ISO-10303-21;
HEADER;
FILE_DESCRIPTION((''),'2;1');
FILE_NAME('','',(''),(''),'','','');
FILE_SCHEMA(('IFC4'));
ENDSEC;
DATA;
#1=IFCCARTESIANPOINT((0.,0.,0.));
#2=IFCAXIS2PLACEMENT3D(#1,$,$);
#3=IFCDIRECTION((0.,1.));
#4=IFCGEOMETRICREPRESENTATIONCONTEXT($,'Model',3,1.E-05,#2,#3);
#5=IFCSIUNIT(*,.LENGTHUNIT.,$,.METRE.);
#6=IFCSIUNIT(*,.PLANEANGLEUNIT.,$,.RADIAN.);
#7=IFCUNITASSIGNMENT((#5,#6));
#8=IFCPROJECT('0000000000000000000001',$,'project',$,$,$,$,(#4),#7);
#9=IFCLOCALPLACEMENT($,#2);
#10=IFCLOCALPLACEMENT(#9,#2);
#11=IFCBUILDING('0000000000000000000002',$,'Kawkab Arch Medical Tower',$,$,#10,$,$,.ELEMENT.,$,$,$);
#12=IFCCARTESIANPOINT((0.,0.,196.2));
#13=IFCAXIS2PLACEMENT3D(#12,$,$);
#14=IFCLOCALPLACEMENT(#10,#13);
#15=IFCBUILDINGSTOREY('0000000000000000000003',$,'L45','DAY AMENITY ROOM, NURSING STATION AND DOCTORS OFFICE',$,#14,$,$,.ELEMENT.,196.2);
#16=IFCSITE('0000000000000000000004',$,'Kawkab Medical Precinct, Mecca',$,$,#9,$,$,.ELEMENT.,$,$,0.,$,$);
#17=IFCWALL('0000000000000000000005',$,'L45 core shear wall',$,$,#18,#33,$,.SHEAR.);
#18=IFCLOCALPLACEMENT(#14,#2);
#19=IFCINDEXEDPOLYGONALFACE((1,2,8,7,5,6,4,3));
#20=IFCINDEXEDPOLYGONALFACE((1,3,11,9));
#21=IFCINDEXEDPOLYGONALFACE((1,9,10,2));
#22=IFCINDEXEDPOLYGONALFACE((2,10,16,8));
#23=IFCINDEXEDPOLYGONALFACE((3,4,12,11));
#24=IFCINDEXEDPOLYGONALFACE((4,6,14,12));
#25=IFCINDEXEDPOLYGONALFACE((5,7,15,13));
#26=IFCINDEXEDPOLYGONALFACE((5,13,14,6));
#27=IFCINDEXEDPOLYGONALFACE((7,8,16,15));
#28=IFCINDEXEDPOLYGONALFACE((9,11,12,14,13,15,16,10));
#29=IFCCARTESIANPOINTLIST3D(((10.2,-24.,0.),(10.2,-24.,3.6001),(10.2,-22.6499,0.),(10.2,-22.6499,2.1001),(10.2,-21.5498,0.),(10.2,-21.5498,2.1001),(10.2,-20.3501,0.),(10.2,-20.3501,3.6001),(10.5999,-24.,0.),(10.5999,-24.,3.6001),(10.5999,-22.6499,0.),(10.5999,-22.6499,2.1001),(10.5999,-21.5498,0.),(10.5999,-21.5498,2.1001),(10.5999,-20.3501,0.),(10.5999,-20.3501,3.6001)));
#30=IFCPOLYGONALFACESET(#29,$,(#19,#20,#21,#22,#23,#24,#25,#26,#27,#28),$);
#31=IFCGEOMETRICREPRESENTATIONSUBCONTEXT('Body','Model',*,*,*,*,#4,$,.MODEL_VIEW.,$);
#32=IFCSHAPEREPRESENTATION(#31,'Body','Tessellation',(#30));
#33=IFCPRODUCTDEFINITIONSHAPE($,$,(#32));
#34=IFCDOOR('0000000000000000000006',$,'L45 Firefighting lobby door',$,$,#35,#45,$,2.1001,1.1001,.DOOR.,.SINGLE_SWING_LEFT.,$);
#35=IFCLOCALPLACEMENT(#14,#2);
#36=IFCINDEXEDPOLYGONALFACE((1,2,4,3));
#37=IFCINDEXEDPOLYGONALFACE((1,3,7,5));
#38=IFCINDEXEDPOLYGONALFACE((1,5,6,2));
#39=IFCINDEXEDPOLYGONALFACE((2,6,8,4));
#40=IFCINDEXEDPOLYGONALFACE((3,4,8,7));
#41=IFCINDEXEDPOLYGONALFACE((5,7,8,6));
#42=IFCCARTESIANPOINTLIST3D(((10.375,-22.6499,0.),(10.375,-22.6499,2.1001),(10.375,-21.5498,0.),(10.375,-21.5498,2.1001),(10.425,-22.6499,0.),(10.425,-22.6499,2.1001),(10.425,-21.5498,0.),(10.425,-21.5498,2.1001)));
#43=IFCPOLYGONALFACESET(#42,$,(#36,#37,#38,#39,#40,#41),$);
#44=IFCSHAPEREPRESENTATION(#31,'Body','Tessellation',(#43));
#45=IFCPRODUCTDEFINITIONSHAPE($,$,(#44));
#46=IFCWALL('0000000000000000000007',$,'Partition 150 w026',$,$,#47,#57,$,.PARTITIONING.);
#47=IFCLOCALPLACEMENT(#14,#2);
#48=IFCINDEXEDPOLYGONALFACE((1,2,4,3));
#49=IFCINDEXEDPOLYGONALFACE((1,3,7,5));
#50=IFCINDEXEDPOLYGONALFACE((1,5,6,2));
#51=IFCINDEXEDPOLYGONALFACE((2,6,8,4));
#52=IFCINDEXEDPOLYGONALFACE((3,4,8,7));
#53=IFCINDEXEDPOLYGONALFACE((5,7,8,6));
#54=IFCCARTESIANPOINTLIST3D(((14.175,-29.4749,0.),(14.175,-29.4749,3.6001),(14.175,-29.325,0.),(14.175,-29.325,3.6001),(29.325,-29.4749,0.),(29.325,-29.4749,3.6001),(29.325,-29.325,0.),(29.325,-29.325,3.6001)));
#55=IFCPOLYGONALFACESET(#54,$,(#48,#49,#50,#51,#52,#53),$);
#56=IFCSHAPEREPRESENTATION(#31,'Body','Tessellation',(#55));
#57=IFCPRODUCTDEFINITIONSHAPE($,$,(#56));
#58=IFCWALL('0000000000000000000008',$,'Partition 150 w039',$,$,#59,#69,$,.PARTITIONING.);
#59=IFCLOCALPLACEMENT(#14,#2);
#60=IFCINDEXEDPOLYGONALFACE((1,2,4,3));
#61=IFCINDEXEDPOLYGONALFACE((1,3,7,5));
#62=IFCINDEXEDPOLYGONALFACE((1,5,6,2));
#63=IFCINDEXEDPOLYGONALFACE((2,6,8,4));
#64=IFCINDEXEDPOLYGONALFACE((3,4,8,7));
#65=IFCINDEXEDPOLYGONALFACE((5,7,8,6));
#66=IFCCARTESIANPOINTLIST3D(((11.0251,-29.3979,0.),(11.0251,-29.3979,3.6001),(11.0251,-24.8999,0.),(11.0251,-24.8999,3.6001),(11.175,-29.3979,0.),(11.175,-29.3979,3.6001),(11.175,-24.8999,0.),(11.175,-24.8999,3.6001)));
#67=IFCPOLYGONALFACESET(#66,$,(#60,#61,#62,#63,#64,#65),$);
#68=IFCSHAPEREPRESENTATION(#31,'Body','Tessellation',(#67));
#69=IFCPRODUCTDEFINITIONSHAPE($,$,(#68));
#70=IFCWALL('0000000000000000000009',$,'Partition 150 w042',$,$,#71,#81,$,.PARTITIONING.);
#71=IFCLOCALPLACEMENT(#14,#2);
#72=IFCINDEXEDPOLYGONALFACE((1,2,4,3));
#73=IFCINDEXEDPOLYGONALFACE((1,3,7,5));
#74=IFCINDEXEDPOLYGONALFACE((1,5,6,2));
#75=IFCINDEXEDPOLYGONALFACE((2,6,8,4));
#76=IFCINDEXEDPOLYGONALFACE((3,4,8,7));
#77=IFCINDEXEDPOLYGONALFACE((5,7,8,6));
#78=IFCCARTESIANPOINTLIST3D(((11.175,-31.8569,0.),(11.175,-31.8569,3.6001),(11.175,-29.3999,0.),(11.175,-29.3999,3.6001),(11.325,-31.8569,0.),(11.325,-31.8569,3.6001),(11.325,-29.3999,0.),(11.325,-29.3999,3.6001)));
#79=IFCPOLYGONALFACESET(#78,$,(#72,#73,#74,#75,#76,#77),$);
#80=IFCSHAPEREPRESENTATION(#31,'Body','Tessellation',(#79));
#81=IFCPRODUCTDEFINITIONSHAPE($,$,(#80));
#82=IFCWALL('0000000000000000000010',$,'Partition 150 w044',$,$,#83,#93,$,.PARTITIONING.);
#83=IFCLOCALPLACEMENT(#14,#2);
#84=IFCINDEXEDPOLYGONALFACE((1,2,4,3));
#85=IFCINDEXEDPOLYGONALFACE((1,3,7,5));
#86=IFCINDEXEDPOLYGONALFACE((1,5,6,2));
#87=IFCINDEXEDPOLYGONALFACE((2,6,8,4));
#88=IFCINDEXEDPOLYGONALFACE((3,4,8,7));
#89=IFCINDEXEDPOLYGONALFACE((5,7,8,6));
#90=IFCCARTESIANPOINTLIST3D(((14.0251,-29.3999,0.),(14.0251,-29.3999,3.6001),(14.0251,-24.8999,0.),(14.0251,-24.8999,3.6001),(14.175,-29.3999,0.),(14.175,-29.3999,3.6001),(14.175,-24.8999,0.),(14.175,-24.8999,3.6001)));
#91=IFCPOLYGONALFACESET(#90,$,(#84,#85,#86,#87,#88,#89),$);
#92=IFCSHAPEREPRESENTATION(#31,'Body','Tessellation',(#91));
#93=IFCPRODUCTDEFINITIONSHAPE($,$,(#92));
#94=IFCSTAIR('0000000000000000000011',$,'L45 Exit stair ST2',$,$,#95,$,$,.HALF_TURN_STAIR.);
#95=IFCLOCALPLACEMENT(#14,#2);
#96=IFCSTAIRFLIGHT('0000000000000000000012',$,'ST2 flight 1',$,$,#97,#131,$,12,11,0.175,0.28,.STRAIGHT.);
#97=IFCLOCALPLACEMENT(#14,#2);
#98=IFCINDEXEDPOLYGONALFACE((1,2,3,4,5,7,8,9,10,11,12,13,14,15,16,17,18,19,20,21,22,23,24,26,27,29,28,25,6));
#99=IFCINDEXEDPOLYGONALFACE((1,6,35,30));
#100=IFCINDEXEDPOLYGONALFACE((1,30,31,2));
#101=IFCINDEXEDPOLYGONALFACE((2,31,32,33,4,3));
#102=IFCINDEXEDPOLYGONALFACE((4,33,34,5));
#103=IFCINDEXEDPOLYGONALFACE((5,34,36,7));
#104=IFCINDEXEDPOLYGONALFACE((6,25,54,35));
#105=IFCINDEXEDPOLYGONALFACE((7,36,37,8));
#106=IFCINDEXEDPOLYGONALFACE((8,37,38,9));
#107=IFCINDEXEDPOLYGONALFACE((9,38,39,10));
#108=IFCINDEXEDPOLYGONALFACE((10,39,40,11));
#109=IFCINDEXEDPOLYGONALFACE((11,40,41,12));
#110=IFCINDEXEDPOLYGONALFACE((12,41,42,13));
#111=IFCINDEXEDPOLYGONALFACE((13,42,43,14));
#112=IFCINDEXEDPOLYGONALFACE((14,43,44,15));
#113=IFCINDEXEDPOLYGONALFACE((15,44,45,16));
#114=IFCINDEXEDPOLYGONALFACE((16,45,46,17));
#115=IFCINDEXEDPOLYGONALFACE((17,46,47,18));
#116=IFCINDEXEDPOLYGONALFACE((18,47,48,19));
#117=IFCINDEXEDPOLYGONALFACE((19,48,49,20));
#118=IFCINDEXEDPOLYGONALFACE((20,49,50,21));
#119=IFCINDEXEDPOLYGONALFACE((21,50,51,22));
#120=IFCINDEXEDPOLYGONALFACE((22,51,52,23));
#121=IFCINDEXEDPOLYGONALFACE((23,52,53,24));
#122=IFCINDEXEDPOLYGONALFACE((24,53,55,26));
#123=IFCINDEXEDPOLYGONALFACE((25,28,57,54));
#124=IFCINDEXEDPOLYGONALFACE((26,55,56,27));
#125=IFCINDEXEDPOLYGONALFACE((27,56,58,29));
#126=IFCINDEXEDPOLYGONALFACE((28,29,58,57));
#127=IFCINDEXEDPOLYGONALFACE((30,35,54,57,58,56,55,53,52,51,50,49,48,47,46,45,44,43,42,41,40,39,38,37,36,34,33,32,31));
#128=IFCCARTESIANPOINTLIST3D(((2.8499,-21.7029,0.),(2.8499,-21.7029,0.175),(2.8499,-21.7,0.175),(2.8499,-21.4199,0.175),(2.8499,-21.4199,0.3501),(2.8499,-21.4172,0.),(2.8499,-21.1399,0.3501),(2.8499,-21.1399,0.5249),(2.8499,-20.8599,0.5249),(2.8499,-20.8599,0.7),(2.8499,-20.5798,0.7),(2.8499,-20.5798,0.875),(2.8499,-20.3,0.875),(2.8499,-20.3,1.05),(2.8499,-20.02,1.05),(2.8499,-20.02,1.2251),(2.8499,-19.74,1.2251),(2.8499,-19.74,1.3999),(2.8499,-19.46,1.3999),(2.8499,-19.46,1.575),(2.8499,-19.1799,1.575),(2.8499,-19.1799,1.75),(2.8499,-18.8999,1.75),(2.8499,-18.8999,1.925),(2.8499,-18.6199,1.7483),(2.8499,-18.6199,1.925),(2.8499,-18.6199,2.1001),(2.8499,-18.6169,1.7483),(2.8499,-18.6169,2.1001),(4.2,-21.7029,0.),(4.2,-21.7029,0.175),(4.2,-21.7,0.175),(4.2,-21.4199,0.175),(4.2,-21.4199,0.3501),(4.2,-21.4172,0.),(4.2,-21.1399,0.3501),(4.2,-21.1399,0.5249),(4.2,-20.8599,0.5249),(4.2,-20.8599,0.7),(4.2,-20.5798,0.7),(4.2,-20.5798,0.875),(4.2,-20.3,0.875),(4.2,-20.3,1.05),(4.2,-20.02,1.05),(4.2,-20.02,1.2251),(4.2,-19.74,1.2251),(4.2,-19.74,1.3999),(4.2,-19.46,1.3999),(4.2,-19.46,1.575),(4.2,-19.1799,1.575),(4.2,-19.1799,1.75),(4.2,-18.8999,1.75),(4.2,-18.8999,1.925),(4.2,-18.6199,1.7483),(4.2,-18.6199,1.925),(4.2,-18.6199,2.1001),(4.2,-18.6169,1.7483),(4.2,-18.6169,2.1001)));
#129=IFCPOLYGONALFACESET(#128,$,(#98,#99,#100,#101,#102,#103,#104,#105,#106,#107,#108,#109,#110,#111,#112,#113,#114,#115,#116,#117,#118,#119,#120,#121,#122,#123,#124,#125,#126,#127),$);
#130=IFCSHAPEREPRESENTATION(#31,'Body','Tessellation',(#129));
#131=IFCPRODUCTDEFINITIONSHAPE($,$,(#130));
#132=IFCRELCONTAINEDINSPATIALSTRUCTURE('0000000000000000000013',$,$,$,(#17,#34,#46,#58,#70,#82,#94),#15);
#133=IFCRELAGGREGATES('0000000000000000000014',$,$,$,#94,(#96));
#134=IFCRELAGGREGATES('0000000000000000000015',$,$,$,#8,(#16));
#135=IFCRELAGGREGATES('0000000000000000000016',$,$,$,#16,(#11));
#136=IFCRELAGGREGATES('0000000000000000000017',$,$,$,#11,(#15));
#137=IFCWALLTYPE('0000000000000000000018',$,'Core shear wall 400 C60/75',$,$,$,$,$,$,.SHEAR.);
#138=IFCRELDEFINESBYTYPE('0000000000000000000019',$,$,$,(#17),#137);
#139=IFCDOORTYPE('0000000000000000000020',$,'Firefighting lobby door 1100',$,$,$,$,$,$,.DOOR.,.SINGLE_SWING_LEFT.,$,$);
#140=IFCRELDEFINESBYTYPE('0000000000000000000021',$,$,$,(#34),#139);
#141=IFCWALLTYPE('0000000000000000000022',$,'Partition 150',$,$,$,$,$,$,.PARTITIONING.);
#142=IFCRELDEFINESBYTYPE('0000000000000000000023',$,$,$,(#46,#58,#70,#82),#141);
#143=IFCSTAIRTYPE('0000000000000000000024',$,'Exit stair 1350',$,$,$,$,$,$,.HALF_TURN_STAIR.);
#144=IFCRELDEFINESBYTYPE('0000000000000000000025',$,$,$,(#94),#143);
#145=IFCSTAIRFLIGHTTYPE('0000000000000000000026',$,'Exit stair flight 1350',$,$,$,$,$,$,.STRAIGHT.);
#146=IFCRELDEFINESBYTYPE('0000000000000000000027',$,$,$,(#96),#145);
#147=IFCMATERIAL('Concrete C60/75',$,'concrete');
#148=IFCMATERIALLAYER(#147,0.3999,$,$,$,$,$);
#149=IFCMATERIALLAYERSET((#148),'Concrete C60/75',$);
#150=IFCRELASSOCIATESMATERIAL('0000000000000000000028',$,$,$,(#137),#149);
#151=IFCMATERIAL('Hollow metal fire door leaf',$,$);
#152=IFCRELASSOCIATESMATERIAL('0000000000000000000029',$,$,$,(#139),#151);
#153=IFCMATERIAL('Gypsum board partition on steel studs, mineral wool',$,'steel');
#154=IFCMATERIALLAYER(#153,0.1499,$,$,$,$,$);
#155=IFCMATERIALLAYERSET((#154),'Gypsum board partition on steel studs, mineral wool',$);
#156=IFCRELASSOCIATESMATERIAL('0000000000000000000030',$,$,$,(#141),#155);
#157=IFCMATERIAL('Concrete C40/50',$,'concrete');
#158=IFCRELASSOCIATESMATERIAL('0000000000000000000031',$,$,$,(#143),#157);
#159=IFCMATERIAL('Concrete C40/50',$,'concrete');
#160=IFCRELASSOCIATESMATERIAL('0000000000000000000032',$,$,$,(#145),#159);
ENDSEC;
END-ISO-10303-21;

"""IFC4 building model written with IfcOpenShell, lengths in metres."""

from ifc_helpers import new_model, si_unit, direction, frame, frame_2d, origin, place, context, subcontext, project, spatial, polyline, rectangle, outline, extrude, material, layer, layer_set, type_object, element, fill, aggregate, save


model = new_model("IFC4")

# Units and contexts
model_context = context("Model", 3, precision=1e-05, world=origin(), true_north=direction((0.0, 1.0)))
body_context = subcontext(model_context, "Body", "Model", "MODEL_VIEW")
ifc_project = project(units=[si_unit("LENGTHUNIT", "METRE"), si_unit("PLANEANGLEUNIT", "RADIAN")], contexts=[model_context])

# Site, building, storey
site_placement = place(None, origin())
site = spatial("IfcSite", under=ifc_project, at=site_placement, Name="Kawkab Medical Precinct, Mecca", CompositionType="ELEMENT", RefElevation=0.0)
building_placement = place(site_placement, origin())
building = spatial("IfcBuilding", under=site, at=building_placement, Name="Kawkab Arch Medical Tower", CompositionType="ELEMENT")
storey_placement = place(building_placement, frame((0.0, 0.0, 196.2)))
storey = spatial("IfcBuildingStorey", under=building, at=storey_placement, Name="L45", Description="DAY AMENITY ROOM, NURSING STATION AND DOCTORS OFFICE", CompositionType="ELEMENT", Elevation=196.2)

# Wall, opening, door
ifc_material_1 = material(Name="Concrete C60/75", Category="concrete")
ifc_layer_1 = layer(ifc_material_1, 0.3999)
ifc_layer_set_1 = layer_set([ifc_layer_1], Name="Concrete C60/75")
wall_type_1 = type_object("IfcWallType", Name="Core shear wall 400 C60/75", PredefinedType="SHEAR", material=ifc_layer_set_1)
wall_1_placement = place(storey_placement, frame((10.3999, -24.0, 0.0), z_axis=(0.0, 0.0, 1.0), x_axis=(0.0, 1.0, 0.0)))
wall_1 = element("IfcWall", 1, at=wall_1_placement, inside=storey, type_object=wall_type_1, Name="L45 core shear wall", PredefinedType="SHEAR", context=body_context, shape_type="SweptSolid", body=[
    extrude(rectangle(XDim=3.6499, YDim=0.3999, at=frame_2d((1.825, 0.0))), origin(), (0.0, 0.0, 1.0), 3.6001),
])
opening_1_placement = place(wall_1_placement, frame((1.3501, 0.0, 0.0)))
opening_1 = element("IfcOpeningElement", 2, at=opening_1_placement, cuts=wall_1, PredefinedType="OPENING", context=body_context, shape_type="SweptSolid", body=[
    extrude(rectangle(XDim=1.1001, YDim=2.1001, at=frame_2d((0.55, 1.05))), frame((0.0, 0.21, 0.0), z_axis=(0.0, -1.0, 0.0), x_axis=(1.0, 0.0, 0.0)), (0.0, 0.0, 1.0), 0.4199),
])
ifc_material_2 = material(Name="Hollow metal fire door leaf")
door_type_1 = type_object("IfcDoorType", Name="Firefighting lobby door 1100", OperationType="SINGLE_SWING_LEFT", PredefinedType="DOOR", material=ifc_material_2)
door_1_placement = place(opening_1_placement, origin())
door_1 = element("IfcDoor", 3, at=door_1_placement, inside=storey, type_object=door_type_1, Name="L45 Firefighting lobby door", OperationType="SINGLE_SWING_LEFT", OverallHeight=2.1001, OverallWidth=1.1001, PredefinedType="DOOR", context=body_context, shape_type="SweptSolid", body=[
    extrude(rectangle(XDim=1.1001, YDim=2.1001, at=frame_2d((0.55, 1.05))), frame((0.0, 0.0249, 0.0), z_axis=(0.0, -1.0, 0.0), x_axis=(1.0, 0.0, 0.0)), (0.0, 0.0, 1.0), 0.05),
])
fill(opening_1, door_1)

# Walls
ifc_material_3 = material(Name="Gypsum board partition on steel studs, mineral wool", Category="steel")
ifc_layer_2 = layer(ifc_material_3, 0.1499)
ifc_layer_set_2 = layer_set([ifc_layer_2], Name="Gypsum board partition on steel studs, mineral wool")
wall_type_2 = type_object("IfcWallType", Name="Partition 150", PredefinedType="PARTITIONING", material=ifc_layer_set_2)
wall_2_placement = place(storey_placement, frame((14.175, -29.3999, 0.0), z_axis=(0.0, 0.0, 1.0), x_axis=(1.0, 0.0, 0.0)))
element("IfcWall", 4, at=wall_2_placement, inside=storey, type_object=wall_type_2, Name="Partition 150 w026", PredefinedType="PARTITIONING", context=body_context, shape_type="SweptSolid", body=[
    extrude(rectangle(XDim=15.1499, YDim=0.1499, at=frame_2d((7.575, 0.0))), origin(), (0.0, 0.0, 1.0), 3.6001),
])
wall_3_placement = place(storey_placement, frame((11.1001, -29.3979, 0.0), z_axis=(0.0, 0.0, 1.0), x_axis=(0.0, 1.0, 0.0)))
element("IfcWall", 5, at=wall_3_placement, inside=storey, type_object=wall_type_2, Name="Partition 150 w039", PredefinedType="PARTITIONING", context=body_context, shape_type="SweptSolid", body=[
    extrude(rectangle(XDim=4.498, YDim=0.1499, at=frame_2d((2.249, 0.0))), origin(), (0.0, 0.0, 1.0), 3.6001),
])
wall_4_placement = place(storey_placement, frame((11.25, -31.8569, 0.0), z_axis=(0.0, 0.0, 1.0), x_axis=(0.0, 1.0, 0.0)))
element("IfcWall", 6, at=wall_4_placement, inside=storey, type_object=wall_type_2, Name="Partition 150 w042", PredefinedType="PARTITIONING", context=body_context, shape_type="SweptSolid", body=[
    extrude(rectangle(XDim=2.457, YDim=0.1499, at=frame_2d((1.2285, 0.0))), origin(), (0.0, 0.0, 1.0), 3.6001),
])
wall_5_placement = place(storey_placement, frame((14.1001, -29.3999, 0.0), z_axis=(0.0, 0.0, 1.0), x_axis=(0.0, 1.0, 0.0)))
element("IfcWall", 7, at=wall_5_placement, inside=storey, type_object=wall_type_2, Name="Partition 150 w044", PredefinedType="PARTITIONING", context=body_context, shape_type="SweptSolid", body=[
    extrude(rectangle(XDim=4.5, YDim=0.1499, at=frame_2d((2.25, 0.0))), origin(), (0.0, 0.0, 1.0), 3.6001),
])

# Stair, stair flight
ifc_material_4 = material(Name="Concrete C40/50", Category="concrete")
stair_type = type_object("IfcStairType", Name="Exit stair 1350", PredefinedType="HALF_TURN_STAIR", material=ifc_material_4)
stair_placement = place(storey_placement, origin())
stair = element("IfcStair", 8, at=stair_placement, inside=storey, type_object=stair_type, Name="L45 Exit stair ST2", PredefinedType="HALF_TURN_STAIR")
ifc_material_5 = material(Name="Concrete C40/50", Category="concrete")
stair_flight_type = type_object("IfcStairFlightType", Name="Exit stair flight 1350", PredefinedType="STRAIGHT", material=ifc_material_5)
stair_flight_placement = place(storey_placement, frame((3.5249, -21.7, 0.0), z_axis=(0.0, 0.0, 1.0), x_axis=(0.0, 1.0, 0.0)))
stair_flight = element("IfcStairFlight", 9, at=stair_flight_placement, type_object=stair_flight_type, Name="ST2 flight 1", NumberOfRisers=12, NumberOfTreads=11, PredefinedType="STRAIGHT", RiserHeight=0.175, TreadLength=0.28, context=body_context, shape_type="SweptSolid", body=[
    extrude(outline(polyline([(-0.0029, 0.0), (-0.0029, 0.175), (0.0, 0.175), (0.28, 0.175), (0.28, 0.3501), (0.5601, 0.3501), (0.5601, 0.5249), (0.8401, 0.5249), (0.8401, 0.7), (1.1201, 0.7), (1.1201, 0.875), (1.3999, 0.875), (1.3999, 1.05), (1.6799, 1.05), (1.6799, 1.2251), (1.96, 1.2251), (1.96, 1.3999), (2.24, 1.3999), (2.24, 1.575), (2.52, 1.575), (2.52, 1.75), (2.8, 1.75), (2.8, 1.925), (3.0801, 1.925), (3.0801, 2.1001), (3.083, 2.1001), (3.083, 1.7483), (3.0801, 1.7483), (0.2827, 0.0), (-0.0029, 0.0)])), frame((0.0, 0.675, 0.0), z_axis=(0.0, -1.0, 0.0), x_axis=(1.0, 0.0, 0.0)), (0.0, 0.0, 1.0), 1.3501),
])
aggregate(stair, [stair_flight])

save(model, "model.ifc")
